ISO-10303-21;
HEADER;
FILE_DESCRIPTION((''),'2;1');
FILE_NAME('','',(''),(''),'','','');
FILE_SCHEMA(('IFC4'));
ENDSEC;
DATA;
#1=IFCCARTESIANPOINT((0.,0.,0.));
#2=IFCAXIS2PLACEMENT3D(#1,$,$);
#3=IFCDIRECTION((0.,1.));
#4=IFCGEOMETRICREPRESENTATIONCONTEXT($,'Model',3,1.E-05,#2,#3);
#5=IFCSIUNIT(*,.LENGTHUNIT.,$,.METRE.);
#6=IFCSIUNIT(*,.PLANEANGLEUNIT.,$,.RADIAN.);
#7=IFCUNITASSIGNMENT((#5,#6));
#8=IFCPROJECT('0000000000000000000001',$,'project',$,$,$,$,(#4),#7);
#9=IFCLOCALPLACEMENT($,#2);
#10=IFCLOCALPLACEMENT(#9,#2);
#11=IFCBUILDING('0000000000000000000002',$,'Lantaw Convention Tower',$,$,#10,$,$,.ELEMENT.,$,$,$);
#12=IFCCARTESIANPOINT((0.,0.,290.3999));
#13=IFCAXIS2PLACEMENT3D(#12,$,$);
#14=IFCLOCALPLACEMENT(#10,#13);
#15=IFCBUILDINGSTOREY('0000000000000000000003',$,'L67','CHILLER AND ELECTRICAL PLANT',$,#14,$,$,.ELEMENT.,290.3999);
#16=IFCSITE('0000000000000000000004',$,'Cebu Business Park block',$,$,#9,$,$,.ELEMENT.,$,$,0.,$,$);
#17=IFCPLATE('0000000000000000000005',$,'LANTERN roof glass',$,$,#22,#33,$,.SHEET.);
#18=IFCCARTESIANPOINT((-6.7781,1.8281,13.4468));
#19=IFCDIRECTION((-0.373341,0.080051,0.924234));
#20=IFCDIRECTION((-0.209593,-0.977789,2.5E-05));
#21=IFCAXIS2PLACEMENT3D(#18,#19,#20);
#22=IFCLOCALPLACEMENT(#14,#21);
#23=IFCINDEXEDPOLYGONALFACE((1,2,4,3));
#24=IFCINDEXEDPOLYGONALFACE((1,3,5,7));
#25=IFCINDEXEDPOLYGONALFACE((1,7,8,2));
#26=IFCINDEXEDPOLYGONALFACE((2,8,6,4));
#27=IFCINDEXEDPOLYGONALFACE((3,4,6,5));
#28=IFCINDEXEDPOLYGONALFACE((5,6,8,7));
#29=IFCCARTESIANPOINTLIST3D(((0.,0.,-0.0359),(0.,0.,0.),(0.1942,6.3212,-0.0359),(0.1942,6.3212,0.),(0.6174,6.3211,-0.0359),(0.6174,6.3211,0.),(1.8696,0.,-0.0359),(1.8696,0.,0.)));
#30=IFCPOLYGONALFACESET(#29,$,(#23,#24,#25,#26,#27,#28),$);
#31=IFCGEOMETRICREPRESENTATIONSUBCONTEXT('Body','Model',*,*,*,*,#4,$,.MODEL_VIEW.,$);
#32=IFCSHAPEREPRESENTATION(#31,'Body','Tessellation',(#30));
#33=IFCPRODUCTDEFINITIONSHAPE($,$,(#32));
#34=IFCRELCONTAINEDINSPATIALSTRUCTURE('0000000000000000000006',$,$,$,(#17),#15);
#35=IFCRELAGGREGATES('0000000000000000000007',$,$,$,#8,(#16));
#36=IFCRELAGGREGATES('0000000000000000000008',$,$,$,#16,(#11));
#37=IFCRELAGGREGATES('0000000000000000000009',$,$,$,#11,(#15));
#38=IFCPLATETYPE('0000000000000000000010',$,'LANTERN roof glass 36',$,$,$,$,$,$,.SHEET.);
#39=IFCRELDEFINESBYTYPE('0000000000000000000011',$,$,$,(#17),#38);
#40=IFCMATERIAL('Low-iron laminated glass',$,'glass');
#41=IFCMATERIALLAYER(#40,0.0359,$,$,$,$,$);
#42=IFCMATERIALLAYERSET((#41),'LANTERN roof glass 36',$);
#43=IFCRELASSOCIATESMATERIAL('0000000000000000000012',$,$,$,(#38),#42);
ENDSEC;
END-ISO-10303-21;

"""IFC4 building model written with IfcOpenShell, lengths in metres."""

from ifc_helpers import new_model, si_unit, direction, frame, origin, place, context, subcontext, project, spatial, polyline, outline, extrude, material, layer, layer_set, type_object, element, save


model = new_model("IFC4")

# Units and contexts
model_context = context("Model", 3, precision=1e-05, world=origin(), true_north=direction((0.0, 1.0)))
body_context = subcontext(model_context, "Body", "Model", "MODEL_VIEW")
ifc_project = project(units=[si_unit("LENGTHUNIT", "METRE"), si_unit("PLANEANGLEUNIT", "RADIAN")], contexts=[model_context])

# Site, building, storey
site_placement = place(None, origin())
site = spatial("IfcSite", under=ifc_project, at=site_placement, Name="Cebu Business Park block", CompositionType="ELEMENT", RefElevation=0.0)
building_placement = place(site_placement, origin())
building = spatial("IfcBuilding", under=site, at=building_placement, Name="Lantaw Convention Tower", CompositionType="ELEMENT")
storey_placement = place(building_placement, frame((0.0, 0.0, 290.3999)))
storey = spatial("IfcBuildingStorey", under=building, at=storey_placement, Name="L67", Description="CHILLER AND ELECTRICAL PLANT", CompositionType="ELEMENT", Elevation=290.3999)

# Shared definitions
ifc_material_1 = material(Name="Low-iron laminated glass", Category="glass")

# Plate
ifc_layer_1 = layer(ifc_material_1, 0.0359)
ifc_layer_set_1 = layer_set([ifc_layer_1], Name="LANTERN roof glass 36")
plate_type_1 = type_object("IfcPlateType", Name="LANTERN roof glass 36", PredefinedType="SHEET", material=ifc_layer_set_1)
plate_1_placement = place(storey_placement, frame((-6.7781, 1.8281, 13.4468), z_axis=(-0.373341, 0.080051, 0.924234), x_axis=(-0.209593, -0.977789, 0.000025)))
element("IfcPlate", 1, at=plate_1_placement, inside=storey, type_object=plate_type_1, Name="LANTERN roof glass", PredefinedType="SHEET", context=body_context, shape_type="SweptSolid", body=[
    extrude(outline(polyline([(0.0, 0.0), (1.8696, 0.0), (0.6174, 6.3211), (0.1942, 6.3212), (0.0, 0.0)])), origin(), (0.0, 0.0, -1.0), 0.0359),
])

save(model, "model.ifc")
